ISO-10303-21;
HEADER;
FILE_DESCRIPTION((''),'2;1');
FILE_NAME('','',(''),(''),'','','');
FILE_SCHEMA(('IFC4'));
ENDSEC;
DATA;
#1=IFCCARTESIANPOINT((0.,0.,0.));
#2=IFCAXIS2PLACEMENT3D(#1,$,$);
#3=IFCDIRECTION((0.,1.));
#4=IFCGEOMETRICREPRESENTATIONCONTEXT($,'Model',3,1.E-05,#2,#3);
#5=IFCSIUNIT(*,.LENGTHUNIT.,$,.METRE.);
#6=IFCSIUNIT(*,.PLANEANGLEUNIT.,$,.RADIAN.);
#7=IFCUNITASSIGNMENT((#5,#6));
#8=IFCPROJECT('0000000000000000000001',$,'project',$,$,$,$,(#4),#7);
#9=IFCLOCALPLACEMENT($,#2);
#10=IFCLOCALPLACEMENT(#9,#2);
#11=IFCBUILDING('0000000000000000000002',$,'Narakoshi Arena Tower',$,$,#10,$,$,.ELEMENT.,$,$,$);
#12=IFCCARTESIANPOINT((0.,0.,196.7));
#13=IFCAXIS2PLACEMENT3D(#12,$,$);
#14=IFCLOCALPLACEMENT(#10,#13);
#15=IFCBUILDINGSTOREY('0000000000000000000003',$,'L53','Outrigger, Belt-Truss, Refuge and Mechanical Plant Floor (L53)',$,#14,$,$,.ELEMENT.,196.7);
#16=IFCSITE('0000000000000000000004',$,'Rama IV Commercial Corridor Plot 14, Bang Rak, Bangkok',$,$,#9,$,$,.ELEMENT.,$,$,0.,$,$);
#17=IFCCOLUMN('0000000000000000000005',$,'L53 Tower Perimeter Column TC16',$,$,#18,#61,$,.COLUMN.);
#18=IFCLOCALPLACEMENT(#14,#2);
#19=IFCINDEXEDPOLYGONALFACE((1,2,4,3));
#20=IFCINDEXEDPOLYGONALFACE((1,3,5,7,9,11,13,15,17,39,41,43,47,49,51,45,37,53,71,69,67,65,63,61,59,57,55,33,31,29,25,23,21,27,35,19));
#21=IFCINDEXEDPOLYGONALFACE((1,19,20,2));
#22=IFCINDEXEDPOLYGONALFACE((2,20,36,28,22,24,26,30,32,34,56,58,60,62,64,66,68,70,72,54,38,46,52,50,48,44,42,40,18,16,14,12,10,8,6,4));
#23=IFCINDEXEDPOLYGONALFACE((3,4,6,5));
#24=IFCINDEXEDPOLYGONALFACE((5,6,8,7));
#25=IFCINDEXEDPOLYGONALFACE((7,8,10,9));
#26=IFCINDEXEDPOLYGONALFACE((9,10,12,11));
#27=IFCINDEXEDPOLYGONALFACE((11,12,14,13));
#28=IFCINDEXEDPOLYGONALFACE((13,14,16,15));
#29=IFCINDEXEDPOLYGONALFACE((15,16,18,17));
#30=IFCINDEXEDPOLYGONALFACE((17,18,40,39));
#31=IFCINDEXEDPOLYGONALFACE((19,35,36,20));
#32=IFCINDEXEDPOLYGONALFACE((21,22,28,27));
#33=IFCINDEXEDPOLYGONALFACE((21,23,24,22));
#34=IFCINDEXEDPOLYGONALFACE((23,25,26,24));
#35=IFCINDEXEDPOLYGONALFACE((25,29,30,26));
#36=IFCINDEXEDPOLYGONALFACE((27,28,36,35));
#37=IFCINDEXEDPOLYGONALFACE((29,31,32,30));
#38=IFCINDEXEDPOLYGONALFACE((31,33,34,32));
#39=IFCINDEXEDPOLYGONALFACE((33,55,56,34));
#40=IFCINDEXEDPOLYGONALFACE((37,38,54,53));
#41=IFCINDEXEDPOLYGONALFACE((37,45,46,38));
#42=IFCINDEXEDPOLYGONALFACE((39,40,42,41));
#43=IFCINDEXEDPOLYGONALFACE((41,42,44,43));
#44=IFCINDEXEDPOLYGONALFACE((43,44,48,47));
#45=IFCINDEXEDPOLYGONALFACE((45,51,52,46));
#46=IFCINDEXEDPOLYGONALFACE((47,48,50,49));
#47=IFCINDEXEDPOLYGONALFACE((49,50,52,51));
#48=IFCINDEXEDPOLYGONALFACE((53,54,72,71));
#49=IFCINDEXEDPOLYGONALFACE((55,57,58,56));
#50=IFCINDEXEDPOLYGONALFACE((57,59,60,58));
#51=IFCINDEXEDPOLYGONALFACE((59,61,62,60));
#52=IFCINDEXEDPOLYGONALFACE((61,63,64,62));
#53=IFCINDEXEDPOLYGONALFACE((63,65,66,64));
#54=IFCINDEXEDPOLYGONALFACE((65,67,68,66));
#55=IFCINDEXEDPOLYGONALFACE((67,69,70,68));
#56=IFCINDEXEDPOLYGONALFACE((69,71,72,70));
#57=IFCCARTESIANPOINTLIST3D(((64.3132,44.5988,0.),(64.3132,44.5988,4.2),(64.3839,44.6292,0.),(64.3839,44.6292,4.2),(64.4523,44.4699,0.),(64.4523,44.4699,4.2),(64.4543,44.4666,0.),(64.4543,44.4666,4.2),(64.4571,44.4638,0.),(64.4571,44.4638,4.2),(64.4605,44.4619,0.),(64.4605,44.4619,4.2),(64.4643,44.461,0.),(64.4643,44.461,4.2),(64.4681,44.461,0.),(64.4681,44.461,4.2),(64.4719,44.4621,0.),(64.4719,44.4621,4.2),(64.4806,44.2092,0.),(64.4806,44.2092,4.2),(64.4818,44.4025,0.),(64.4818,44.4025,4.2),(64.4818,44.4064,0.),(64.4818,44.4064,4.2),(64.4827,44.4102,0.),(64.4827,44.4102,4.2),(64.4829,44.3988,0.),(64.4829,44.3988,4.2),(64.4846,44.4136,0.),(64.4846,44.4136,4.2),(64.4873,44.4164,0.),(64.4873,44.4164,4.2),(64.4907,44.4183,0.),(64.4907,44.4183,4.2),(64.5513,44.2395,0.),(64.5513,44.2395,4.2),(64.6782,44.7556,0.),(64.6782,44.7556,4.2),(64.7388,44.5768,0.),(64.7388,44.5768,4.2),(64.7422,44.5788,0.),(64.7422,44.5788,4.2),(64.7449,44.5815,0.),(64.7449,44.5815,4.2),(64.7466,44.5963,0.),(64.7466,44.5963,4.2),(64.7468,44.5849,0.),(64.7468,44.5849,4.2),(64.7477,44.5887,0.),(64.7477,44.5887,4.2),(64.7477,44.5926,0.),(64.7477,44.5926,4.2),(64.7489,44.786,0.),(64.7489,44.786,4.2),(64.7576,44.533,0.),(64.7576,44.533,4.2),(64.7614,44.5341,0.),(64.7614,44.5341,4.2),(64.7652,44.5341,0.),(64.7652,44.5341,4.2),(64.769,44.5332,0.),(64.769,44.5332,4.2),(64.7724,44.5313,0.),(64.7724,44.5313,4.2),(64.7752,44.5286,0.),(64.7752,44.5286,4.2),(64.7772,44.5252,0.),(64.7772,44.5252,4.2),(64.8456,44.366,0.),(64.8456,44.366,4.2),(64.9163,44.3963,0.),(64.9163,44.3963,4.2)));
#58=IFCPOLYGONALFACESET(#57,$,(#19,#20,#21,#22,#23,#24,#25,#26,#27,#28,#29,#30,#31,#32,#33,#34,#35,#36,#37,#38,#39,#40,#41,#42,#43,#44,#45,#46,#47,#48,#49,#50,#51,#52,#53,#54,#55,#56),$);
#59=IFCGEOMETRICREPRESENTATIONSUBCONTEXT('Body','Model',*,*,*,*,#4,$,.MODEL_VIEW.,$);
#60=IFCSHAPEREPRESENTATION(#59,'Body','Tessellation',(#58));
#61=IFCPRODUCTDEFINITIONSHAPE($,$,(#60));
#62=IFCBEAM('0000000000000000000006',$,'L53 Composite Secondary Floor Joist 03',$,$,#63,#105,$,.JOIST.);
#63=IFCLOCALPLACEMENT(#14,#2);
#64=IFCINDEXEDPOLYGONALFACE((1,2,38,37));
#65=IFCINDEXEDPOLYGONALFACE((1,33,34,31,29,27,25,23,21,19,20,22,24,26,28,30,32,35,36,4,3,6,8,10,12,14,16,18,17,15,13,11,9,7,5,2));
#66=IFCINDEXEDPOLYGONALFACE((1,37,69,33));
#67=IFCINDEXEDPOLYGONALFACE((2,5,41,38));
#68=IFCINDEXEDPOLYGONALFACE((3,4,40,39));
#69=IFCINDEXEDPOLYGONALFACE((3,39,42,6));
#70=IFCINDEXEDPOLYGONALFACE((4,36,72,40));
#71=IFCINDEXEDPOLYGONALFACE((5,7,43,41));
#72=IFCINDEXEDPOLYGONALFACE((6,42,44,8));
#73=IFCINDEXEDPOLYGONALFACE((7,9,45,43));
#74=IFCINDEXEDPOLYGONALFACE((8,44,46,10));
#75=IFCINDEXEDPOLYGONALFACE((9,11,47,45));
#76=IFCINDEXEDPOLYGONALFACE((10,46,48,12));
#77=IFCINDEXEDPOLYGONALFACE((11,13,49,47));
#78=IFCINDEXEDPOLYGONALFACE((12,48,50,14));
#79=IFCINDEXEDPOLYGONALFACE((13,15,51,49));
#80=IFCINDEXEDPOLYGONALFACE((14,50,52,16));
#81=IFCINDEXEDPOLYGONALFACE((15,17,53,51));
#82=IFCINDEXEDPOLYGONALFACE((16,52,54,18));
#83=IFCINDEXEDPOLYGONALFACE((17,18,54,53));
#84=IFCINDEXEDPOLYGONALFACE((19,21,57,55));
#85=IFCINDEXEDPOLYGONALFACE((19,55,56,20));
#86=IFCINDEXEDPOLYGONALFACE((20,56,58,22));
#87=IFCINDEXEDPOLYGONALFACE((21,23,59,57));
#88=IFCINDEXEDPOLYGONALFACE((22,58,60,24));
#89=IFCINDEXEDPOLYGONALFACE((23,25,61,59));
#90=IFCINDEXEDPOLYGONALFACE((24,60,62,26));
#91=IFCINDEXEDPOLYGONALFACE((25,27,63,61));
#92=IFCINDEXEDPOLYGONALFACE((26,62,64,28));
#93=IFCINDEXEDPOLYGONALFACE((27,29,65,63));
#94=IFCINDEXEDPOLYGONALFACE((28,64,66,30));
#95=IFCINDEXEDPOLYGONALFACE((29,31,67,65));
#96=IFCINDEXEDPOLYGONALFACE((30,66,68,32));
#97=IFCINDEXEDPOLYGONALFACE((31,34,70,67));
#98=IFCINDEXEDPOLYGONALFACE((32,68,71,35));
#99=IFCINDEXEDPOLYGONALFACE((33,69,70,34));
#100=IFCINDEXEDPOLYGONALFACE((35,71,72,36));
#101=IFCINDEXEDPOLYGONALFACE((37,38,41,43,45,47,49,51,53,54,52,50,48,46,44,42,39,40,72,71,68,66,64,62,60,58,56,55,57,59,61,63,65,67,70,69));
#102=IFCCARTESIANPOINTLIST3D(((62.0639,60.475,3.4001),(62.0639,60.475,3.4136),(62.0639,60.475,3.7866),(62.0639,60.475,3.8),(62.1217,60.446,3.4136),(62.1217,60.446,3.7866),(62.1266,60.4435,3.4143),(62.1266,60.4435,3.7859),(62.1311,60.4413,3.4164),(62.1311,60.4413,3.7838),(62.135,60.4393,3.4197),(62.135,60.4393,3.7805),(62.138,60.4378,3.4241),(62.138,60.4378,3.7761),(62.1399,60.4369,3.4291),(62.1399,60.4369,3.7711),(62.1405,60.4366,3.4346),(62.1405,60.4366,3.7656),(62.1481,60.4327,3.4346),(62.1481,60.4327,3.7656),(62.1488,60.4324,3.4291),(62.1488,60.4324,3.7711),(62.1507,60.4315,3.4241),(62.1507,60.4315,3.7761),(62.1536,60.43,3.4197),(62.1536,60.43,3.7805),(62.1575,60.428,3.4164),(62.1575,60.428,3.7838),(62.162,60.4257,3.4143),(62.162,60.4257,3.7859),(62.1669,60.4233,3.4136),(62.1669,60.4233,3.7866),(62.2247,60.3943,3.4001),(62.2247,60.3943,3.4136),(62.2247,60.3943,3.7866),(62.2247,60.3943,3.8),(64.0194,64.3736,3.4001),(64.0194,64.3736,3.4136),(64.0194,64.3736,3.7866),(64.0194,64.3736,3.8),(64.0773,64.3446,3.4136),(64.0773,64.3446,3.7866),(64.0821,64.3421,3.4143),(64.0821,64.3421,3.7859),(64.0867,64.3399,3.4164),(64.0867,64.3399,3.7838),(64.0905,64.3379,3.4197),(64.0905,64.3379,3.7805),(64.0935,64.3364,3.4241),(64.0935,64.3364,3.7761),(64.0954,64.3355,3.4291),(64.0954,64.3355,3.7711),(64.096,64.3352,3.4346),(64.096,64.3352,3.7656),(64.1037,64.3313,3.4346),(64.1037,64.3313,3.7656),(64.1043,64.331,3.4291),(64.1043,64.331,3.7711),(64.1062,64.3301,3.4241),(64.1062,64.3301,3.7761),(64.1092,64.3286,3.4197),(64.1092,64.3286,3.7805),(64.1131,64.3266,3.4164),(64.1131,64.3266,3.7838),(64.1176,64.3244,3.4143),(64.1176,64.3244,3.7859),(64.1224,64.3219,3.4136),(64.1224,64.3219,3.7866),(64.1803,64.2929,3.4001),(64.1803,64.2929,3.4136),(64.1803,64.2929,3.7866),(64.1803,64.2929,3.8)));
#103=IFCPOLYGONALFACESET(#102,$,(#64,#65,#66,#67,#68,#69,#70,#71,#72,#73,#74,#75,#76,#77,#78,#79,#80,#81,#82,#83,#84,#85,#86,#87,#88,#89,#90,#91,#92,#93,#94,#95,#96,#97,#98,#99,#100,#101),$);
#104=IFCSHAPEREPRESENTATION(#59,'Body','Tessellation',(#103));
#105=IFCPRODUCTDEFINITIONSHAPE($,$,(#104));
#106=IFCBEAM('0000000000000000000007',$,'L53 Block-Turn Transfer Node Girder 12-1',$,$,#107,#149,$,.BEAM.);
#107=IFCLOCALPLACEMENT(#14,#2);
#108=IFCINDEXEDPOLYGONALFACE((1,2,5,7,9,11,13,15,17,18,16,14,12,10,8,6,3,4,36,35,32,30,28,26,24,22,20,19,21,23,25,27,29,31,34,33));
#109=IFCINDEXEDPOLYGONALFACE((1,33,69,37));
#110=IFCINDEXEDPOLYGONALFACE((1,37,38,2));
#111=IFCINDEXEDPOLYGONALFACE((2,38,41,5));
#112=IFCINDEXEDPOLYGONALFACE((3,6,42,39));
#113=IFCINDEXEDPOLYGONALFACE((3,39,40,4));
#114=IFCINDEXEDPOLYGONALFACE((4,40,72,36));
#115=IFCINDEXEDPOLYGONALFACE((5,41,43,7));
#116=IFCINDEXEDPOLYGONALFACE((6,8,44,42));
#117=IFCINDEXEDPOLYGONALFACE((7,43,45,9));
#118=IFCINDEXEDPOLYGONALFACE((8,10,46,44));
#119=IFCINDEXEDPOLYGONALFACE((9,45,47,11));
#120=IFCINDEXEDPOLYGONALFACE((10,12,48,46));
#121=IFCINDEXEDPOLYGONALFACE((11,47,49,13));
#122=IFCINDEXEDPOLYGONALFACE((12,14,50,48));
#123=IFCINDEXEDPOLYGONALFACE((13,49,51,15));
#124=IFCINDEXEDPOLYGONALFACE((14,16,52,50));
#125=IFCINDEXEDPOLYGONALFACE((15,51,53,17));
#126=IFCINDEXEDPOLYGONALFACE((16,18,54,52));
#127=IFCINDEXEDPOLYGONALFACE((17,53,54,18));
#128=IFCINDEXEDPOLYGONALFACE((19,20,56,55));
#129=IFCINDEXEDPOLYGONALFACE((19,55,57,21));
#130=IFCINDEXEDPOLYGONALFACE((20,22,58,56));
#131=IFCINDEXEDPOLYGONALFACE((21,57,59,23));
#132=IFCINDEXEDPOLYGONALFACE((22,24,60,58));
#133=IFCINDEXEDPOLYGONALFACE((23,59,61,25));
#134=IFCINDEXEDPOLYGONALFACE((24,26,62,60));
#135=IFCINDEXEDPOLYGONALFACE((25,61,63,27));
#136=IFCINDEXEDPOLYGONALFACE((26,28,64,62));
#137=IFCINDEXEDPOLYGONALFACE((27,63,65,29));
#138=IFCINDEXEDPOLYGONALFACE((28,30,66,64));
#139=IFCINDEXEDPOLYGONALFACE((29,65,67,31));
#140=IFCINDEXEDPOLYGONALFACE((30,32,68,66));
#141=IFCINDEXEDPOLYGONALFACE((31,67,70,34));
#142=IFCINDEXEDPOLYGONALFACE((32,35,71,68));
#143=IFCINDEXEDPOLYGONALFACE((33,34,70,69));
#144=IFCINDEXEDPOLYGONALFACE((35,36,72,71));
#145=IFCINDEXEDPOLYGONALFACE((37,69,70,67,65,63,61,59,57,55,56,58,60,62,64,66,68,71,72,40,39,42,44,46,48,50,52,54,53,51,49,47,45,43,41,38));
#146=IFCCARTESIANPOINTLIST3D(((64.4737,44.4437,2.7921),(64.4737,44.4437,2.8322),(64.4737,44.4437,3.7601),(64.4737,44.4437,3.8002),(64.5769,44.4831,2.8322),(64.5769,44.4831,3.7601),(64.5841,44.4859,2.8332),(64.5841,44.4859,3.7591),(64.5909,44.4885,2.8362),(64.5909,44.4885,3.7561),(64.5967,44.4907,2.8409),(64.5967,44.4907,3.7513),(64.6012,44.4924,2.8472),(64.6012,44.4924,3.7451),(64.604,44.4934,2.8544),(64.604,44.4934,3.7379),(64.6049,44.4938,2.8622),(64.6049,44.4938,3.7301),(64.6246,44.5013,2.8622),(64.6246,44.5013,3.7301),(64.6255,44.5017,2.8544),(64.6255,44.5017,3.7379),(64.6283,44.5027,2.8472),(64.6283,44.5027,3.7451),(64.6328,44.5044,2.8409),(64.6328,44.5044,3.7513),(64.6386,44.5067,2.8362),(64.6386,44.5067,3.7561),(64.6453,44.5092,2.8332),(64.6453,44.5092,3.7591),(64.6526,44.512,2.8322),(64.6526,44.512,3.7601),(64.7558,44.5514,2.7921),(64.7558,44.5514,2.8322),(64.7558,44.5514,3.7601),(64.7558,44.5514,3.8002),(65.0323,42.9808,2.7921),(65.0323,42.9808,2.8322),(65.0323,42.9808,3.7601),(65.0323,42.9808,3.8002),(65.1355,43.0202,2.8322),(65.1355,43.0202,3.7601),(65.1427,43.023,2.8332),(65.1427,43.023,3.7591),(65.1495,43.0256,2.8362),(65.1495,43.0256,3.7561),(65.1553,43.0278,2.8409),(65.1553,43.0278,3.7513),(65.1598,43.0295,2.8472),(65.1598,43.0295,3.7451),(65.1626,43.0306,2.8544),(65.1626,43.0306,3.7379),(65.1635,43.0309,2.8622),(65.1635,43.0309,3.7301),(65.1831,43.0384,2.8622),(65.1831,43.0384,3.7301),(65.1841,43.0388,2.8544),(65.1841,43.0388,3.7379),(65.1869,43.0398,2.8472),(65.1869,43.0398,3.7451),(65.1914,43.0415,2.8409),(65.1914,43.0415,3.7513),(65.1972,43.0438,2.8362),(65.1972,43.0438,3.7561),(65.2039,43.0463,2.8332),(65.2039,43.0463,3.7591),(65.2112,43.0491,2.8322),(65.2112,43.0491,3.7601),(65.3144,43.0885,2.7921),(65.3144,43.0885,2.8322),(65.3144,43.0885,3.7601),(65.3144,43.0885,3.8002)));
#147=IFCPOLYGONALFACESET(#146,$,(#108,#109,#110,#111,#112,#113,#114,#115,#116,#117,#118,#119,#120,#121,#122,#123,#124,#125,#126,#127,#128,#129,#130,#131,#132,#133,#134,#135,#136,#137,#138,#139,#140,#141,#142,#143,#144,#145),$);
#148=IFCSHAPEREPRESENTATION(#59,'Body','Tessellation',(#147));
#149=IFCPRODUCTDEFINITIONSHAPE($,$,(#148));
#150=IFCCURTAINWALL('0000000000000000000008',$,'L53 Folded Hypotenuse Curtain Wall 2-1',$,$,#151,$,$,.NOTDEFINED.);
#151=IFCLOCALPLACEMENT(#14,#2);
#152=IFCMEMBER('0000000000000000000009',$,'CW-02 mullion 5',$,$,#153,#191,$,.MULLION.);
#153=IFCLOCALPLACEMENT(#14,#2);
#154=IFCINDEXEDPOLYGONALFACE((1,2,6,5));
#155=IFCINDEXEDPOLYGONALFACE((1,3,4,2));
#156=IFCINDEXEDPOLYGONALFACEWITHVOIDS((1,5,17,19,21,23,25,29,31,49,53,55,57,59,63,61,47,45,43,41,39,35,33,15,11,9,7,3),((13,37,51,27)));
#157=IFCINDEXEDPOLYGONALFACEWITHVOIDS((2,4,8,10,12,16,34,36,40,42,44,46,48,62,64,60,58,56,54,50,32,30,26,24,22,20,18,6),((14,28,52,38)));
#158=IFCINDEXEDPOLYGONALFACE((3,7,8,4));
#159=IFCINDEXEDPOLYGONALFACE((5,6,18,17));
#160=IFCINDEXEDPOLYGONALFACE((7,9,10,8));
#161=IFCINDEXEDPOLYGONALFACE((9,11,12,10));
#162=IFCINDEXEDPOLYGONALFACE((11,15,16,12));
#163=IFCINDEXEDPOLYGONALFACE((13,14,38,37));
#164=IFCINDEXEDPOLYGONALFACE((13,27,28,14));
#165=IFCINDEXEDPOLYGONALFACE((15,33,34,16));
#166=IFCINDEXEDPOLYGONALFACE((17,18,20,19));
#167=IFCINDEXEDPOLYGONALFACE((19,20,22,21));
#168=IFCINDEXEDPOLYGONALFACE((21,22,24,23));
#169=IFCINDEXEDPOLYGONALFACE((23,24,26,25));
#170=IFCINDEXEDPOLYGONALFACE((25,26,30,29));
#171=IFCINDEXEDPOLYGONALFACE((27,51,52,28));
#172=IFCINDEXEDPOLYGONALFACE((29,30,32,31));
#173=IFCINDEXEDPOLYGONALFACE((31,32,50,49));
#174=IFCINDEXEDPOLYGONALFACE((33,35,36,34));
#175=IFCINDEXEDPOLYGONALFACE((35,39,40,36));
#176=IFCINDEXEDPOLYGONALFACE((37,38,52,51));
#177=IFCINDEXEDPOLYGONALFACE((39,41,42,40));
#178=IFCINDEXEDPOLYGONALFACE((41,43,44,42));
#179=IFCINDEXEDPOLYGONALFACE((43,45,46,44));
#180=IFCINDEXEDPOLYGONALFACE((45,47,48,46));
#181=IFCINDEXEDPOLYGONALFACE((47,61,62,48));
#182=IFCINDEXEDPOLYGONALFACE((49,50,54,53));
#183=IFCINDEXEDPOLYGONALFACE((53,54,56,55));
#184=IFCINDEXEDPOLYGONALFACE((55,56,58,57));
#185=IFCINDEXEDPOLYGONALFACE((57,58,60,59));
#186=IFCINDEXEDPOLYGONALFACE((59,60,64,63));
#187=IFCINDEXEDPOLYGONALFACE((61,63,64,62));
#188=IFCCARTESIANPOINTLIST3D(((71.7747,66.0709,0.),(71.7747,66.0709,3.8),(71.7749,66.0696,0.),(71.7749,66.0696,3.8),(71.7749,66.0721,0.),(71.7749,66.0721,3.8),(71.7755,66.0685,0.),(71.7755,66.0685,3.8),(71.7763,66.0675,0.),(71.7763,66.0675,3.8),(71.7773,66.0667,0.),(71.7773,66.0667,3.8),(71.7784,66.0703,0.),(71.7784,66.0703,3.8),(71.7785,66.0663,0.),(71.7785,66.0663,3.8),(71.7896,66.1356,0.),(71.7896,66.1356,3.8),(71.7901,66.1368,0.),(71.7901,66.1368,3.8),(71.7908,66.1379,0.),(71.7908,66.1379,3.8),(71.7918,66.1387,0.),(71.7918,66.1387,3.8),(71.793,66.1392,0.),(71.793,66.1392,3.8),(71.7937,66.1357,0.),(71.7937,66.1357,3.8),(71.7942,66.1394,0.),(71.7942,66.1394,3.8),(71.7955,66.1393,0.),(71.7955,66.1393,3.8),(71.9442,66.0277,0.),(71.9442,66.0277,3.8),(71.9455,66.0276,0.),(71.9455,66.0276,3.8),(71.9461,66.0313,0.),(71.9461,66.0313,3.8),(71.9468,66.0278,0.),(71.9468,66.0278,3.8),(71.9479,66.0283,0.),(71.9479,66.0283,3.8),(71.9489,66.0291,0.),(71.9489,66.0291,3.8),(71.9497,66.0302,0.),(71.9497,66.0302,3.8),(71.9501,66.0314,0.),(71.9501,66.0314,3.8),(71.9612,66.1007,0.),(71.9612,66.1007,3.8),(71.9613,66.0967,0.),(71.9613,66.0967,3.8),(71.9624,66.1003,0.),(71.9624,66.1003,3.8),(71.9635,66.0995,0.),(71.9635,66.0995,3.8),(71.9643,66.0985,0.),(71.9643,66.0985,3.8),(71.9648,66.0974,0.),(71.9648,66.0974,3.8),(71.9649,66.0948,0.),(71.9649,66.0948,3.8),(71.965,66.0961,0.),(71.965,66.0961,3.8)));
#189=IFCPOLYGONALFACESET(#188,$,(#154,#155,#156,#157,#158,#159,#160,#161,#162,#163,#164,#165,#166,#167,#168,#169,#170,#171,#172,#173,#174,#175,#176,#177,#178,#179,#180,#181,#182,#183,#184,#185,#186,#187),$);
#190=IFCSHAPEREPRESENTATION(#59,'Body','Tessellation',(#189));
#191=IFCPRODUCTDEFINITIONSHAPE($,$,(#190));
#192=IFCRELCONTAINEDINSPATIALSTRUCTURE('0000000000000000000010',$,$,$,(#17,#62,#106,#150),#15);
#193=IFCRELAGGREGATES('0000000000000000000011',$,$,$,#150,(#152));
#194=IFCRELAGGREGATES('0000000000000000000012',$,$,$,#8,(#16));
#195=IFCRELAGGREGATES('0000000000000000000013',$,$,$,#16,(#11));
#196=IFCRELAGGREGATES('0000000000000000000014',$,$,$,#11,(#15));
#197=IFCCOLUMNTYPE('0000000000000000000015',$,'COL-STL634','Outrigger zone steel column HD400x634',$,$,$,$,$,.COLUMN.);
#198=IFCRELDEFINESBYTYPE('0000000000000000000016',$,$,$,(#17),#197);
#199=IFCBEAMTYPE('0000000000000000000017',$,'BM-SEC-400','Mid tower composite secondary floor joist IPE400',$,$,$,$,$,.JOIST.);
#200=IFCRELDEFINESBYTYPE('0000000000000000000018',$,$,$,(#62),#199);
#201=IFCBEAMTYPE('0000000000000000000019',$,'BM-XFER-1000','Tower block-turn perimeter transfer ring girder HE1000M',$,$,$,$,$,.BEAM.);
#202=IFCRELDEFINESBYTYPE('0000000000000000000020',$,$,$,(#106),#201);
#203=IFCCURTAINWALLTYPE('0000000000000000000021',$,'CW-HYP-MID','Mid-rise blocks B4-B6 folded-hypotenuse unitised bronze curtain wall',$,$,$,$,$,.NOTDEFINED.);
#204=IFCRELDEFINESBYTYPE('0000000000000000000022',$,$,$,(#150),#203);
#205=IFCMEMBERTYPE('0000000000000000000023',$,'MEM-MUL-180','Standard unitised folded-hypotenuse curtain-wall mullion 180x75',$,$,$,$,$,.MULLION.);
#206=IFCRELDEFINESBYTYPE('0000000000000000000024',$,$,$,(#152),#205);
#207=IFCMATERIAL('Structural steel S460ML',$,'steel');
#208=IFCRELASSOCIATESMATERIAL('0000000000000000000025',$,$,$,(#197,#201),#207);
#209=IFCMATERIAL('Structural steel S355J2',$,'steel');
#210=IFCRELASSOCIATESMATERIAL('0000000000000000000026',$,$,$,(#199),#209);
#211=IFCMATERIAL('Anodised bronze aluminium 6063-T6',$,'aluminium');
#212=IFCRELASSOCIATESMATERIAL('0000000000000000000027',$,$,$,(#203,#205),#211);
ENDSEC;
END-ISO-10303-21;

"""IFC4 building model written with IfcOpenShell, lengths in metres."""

from ifc_helpers import new_model, si_unit, direction, frame, origin, origin_2d, place, context, subcontext, project, spatial, hollow_rectangle, i_section, extrude, material, material_profile, profile_set, type_object, element, aggregate, save


model = new_model("IFC4")

# Units and contexts
model_context = context("Model", 3, precision=1e-05, world=origin(), true_north=direction((0.0, 1.0)))
body_context = subcontext(model_context, "Body", "Model", "MODEL_VIEW")
ifc_project = project(units=[si_unit("LENGTHUNIT", "METRE"), si_unit("PLANEANGLEUNIT", "RADIAN")], contexts=[model_context])

# Site, building, storey
site_placement = place(None, origin())
site = spatial("IfcSite", under=ifc_project, at=site_placement, Name="Rama IV Commercial Corridor Plot 14, Bang Rak, Bangkok", CompositionType="ELEMENT", RefElevation=0.0)
building_placement = place(site_placement, origin())
building = spatial("IfcBuilding", under=site, at=building_placement, Name="Narakoshi Arena Tower", CompositionType="ELEMENT")
storey_placement = place(building_placement, frame((0.0, 0.0, 196.7)))
storey = spatial("IfcBuildingStorey", under=building, at=storey_placement, Name="L53", Description="Outrigger, Belt-Truss, Refuge and Mechanical Plant Floor (L53)", CompositionType="ELEMENT", Elevation=196.7)

# Column
ifc_material_1 = material(Name="Structural steel S460ML", Category="steel")
ifc_material_profile_1 = material_profile(ifc_material_1, i_section(OverallWidth=0.4241, OverallDepth=0.4741, WebThickness=0.0476, FlangeThickness=0.0769, FilletRadius=0.0149, at=origin_2d()), Name="HD400x634")
ifc_profile_set_1 = profile_set([ifc_material_profile_1], Name="Structural steel S460ML")
column_type = type_object("IfcColumnType", Name="COL-STL634", Description="Outrigger zone steel column HD400x634", PredefinedType="COLUMN", material=ifc_profile_set_1)
column_placement = place(storey_placement, frame((64.6147, 44.4976, 0.0), z_axis=(0.0, 0.0, 1.0), x_axis=(-0.394744, 0.918791, 0.0)))
element("IfcColumn", 1, at=column_placement, inside=storey, type_object=column_type, Name="L53 Tower Perimeter Column TC16", PredefinedType="COLUMN", context=body_context, shape_type="SweptSolid", body=[
    extrude(i_section(OverallWidth=0.4241, OverallDepth=0.4741, WebThickness=0.0476, FlangeThickness=0.0769, FilletRadius=0.0149, at=origin_2d()), origin(), (0.0, 0.0, 1.0), 4.2),
])

# Beams
ifc_material_2 = material(Name="Structural steel S355J2", Category="steel")
ifc_material_profile_2 = material_profile(ifc_material_2, i_section(OverallWidth=0.1799, OverallDepth=0.3999, WebThickness=0.0085, FlangeThickness=0.0134, FilletRadius=0.021, at=origin_2d()), Name="IPE400")
ifc_profile_set_2 = profile_set([ifc_material_profile_2], Name="Structural steel S355J2")
beam_type_1 = type_object("IfcBeamType", Name="BM-SEC-400", Description="Mid tower composite secondary floor joist IPE400", PredefinedType="JOIST", material=ifc_profile_set_2)
beam_1_placement = place(storey_placement, frame((64.0999, 64.3333, 3.6001), z_axis=(-0.448355, -0.893856, 0.0), x_axis=(0.893856, -0.448355, 0.0)))
element("IfcBeam", 2, at=beam_1_placement, inside=storey, type_object=beam_type_1, Name="L53 Composite Secondary Floor Joist 03", PredefinedType="JOIST", context=body_context, shape_type="SweptSolid", body=[
    extrude(i_section(OverallWidth=0.1799, OverallDepth=0.3999, WebThickness=0.0085, FlangeThickness=0.0134, FilletRadius=0.021, at=origin_2d()), origin(), (0.0, 0.0, 1.0), 4.3616),
])
ifc_material_profile_3 = material_profile(ifc_material_1, i_section(OverallWidth=0.302, OverallDepth=1.0081, WebThickness=0.021, FlangeThickness=0.04, FilletRadius=0.03, at=origin_2d()), Name="HE1000M")
ifc_profile_set_3 = profile_set([ifc_material_profile_3], Name="Structural steel S460ML")
beam_type_2 = type_object("IfcBeamType", Name="BM-XFER-1000", Description="Tower block-turn perimeter transfer ring girder HE1000M", PredefinedType="BEAM", material=ifc_profile_set_3)
beam_2_placement = place(storey_placement, frame((64.6147, 44.4976, 3.2961), z_axis=(0.356721, -0.934211, 0.0), x_axis=(0.934211, 0.356721, 0.0)))
element("IfcBeam", 3, at=beam_2_placement, inside=storey, type_object=beam_type_2, Name="L53 Block-Turn Transfer Node Girder 12-1", PredefinedType="BEAM", context=body_context, shape_type="SweptSolid", body=[
    extrude(i_section(OverallWidth=0.302, OverallDepth=1.0081, WebThickness=0.021, FlangeThickness=0.04, FilletRadius=0.03, at=origin_2d()), origin(), (0.0, 0.0, 1.0), 1.5659),
])

# Curtain wall, member
ifc_material_3 = material(Name="Anodised bronze aluminium 6063-T6", Category="aluminium")
curtain_wall_type = type_object("IfcCurtainWallType", Name="CW-HYP-MID", Description="Mid-rise blocks B4-B6 folded-hypotenuse unitised bronze curtain wall", PredefinedType="NOTDEFINED", material=ifc_material_3)
curtain_wall_placement = place(storey_placement, origin())
curtain_wall = element("IfcCurtainWall", 4, at=curtain_wall_placement, inside=storey, type_object=curtain_wall_type, Name="L53 Folded Hypotenuse Curtain Wall 2-1", PredefinedType="NOTDEFINED")
ifc_material_profile_4 = material_profile(ifc_material_3, hollow_rectangle(XDim=0.075, YDim=0.1799, WallThickness=0.0039, OuterFilletRadius=0.0049, at=origin_2d()), Name="MUL180x75x4")
ifc_profile_set_4 = profile_set([ifc_material_profile_4], Name="Anodised bronze aluminium 6063-T6")
member_type_1 = type_object("IfcMemberType", Name="MEM-MUL-180", Description="Standard unitised folded-hypotenuse curtain-wall mullion 180x75", PredefinedType="MULLION", material=ifc_profile_set_4)
member_1_placement = place(storey_placement, frame((71.8699, 66.0835, 0.0), z_axis=(0.0, 0.0, 1.0), x_axis=(-0.226721, -0.97396, 0.0)))
member_1 = element("IfcMember", 5, at=member_1_placement, type_object=member_type_1, Name="CW-02 mullion 5", PredefinedType="MULLION", context=body_context, shape_type="SweptSolid", body=[
    extrude(hollow_rectangle(XDim=0.075, YDim=0.1799, WallThickness=0.0039, OuterFilletRadius=0.0049, at=origin_2d()), origin(), (0.0, 0.0, 1.0), 3.8),
])

aggregate(curtain_wall, [member_1])

save(model, "model.ifc")
